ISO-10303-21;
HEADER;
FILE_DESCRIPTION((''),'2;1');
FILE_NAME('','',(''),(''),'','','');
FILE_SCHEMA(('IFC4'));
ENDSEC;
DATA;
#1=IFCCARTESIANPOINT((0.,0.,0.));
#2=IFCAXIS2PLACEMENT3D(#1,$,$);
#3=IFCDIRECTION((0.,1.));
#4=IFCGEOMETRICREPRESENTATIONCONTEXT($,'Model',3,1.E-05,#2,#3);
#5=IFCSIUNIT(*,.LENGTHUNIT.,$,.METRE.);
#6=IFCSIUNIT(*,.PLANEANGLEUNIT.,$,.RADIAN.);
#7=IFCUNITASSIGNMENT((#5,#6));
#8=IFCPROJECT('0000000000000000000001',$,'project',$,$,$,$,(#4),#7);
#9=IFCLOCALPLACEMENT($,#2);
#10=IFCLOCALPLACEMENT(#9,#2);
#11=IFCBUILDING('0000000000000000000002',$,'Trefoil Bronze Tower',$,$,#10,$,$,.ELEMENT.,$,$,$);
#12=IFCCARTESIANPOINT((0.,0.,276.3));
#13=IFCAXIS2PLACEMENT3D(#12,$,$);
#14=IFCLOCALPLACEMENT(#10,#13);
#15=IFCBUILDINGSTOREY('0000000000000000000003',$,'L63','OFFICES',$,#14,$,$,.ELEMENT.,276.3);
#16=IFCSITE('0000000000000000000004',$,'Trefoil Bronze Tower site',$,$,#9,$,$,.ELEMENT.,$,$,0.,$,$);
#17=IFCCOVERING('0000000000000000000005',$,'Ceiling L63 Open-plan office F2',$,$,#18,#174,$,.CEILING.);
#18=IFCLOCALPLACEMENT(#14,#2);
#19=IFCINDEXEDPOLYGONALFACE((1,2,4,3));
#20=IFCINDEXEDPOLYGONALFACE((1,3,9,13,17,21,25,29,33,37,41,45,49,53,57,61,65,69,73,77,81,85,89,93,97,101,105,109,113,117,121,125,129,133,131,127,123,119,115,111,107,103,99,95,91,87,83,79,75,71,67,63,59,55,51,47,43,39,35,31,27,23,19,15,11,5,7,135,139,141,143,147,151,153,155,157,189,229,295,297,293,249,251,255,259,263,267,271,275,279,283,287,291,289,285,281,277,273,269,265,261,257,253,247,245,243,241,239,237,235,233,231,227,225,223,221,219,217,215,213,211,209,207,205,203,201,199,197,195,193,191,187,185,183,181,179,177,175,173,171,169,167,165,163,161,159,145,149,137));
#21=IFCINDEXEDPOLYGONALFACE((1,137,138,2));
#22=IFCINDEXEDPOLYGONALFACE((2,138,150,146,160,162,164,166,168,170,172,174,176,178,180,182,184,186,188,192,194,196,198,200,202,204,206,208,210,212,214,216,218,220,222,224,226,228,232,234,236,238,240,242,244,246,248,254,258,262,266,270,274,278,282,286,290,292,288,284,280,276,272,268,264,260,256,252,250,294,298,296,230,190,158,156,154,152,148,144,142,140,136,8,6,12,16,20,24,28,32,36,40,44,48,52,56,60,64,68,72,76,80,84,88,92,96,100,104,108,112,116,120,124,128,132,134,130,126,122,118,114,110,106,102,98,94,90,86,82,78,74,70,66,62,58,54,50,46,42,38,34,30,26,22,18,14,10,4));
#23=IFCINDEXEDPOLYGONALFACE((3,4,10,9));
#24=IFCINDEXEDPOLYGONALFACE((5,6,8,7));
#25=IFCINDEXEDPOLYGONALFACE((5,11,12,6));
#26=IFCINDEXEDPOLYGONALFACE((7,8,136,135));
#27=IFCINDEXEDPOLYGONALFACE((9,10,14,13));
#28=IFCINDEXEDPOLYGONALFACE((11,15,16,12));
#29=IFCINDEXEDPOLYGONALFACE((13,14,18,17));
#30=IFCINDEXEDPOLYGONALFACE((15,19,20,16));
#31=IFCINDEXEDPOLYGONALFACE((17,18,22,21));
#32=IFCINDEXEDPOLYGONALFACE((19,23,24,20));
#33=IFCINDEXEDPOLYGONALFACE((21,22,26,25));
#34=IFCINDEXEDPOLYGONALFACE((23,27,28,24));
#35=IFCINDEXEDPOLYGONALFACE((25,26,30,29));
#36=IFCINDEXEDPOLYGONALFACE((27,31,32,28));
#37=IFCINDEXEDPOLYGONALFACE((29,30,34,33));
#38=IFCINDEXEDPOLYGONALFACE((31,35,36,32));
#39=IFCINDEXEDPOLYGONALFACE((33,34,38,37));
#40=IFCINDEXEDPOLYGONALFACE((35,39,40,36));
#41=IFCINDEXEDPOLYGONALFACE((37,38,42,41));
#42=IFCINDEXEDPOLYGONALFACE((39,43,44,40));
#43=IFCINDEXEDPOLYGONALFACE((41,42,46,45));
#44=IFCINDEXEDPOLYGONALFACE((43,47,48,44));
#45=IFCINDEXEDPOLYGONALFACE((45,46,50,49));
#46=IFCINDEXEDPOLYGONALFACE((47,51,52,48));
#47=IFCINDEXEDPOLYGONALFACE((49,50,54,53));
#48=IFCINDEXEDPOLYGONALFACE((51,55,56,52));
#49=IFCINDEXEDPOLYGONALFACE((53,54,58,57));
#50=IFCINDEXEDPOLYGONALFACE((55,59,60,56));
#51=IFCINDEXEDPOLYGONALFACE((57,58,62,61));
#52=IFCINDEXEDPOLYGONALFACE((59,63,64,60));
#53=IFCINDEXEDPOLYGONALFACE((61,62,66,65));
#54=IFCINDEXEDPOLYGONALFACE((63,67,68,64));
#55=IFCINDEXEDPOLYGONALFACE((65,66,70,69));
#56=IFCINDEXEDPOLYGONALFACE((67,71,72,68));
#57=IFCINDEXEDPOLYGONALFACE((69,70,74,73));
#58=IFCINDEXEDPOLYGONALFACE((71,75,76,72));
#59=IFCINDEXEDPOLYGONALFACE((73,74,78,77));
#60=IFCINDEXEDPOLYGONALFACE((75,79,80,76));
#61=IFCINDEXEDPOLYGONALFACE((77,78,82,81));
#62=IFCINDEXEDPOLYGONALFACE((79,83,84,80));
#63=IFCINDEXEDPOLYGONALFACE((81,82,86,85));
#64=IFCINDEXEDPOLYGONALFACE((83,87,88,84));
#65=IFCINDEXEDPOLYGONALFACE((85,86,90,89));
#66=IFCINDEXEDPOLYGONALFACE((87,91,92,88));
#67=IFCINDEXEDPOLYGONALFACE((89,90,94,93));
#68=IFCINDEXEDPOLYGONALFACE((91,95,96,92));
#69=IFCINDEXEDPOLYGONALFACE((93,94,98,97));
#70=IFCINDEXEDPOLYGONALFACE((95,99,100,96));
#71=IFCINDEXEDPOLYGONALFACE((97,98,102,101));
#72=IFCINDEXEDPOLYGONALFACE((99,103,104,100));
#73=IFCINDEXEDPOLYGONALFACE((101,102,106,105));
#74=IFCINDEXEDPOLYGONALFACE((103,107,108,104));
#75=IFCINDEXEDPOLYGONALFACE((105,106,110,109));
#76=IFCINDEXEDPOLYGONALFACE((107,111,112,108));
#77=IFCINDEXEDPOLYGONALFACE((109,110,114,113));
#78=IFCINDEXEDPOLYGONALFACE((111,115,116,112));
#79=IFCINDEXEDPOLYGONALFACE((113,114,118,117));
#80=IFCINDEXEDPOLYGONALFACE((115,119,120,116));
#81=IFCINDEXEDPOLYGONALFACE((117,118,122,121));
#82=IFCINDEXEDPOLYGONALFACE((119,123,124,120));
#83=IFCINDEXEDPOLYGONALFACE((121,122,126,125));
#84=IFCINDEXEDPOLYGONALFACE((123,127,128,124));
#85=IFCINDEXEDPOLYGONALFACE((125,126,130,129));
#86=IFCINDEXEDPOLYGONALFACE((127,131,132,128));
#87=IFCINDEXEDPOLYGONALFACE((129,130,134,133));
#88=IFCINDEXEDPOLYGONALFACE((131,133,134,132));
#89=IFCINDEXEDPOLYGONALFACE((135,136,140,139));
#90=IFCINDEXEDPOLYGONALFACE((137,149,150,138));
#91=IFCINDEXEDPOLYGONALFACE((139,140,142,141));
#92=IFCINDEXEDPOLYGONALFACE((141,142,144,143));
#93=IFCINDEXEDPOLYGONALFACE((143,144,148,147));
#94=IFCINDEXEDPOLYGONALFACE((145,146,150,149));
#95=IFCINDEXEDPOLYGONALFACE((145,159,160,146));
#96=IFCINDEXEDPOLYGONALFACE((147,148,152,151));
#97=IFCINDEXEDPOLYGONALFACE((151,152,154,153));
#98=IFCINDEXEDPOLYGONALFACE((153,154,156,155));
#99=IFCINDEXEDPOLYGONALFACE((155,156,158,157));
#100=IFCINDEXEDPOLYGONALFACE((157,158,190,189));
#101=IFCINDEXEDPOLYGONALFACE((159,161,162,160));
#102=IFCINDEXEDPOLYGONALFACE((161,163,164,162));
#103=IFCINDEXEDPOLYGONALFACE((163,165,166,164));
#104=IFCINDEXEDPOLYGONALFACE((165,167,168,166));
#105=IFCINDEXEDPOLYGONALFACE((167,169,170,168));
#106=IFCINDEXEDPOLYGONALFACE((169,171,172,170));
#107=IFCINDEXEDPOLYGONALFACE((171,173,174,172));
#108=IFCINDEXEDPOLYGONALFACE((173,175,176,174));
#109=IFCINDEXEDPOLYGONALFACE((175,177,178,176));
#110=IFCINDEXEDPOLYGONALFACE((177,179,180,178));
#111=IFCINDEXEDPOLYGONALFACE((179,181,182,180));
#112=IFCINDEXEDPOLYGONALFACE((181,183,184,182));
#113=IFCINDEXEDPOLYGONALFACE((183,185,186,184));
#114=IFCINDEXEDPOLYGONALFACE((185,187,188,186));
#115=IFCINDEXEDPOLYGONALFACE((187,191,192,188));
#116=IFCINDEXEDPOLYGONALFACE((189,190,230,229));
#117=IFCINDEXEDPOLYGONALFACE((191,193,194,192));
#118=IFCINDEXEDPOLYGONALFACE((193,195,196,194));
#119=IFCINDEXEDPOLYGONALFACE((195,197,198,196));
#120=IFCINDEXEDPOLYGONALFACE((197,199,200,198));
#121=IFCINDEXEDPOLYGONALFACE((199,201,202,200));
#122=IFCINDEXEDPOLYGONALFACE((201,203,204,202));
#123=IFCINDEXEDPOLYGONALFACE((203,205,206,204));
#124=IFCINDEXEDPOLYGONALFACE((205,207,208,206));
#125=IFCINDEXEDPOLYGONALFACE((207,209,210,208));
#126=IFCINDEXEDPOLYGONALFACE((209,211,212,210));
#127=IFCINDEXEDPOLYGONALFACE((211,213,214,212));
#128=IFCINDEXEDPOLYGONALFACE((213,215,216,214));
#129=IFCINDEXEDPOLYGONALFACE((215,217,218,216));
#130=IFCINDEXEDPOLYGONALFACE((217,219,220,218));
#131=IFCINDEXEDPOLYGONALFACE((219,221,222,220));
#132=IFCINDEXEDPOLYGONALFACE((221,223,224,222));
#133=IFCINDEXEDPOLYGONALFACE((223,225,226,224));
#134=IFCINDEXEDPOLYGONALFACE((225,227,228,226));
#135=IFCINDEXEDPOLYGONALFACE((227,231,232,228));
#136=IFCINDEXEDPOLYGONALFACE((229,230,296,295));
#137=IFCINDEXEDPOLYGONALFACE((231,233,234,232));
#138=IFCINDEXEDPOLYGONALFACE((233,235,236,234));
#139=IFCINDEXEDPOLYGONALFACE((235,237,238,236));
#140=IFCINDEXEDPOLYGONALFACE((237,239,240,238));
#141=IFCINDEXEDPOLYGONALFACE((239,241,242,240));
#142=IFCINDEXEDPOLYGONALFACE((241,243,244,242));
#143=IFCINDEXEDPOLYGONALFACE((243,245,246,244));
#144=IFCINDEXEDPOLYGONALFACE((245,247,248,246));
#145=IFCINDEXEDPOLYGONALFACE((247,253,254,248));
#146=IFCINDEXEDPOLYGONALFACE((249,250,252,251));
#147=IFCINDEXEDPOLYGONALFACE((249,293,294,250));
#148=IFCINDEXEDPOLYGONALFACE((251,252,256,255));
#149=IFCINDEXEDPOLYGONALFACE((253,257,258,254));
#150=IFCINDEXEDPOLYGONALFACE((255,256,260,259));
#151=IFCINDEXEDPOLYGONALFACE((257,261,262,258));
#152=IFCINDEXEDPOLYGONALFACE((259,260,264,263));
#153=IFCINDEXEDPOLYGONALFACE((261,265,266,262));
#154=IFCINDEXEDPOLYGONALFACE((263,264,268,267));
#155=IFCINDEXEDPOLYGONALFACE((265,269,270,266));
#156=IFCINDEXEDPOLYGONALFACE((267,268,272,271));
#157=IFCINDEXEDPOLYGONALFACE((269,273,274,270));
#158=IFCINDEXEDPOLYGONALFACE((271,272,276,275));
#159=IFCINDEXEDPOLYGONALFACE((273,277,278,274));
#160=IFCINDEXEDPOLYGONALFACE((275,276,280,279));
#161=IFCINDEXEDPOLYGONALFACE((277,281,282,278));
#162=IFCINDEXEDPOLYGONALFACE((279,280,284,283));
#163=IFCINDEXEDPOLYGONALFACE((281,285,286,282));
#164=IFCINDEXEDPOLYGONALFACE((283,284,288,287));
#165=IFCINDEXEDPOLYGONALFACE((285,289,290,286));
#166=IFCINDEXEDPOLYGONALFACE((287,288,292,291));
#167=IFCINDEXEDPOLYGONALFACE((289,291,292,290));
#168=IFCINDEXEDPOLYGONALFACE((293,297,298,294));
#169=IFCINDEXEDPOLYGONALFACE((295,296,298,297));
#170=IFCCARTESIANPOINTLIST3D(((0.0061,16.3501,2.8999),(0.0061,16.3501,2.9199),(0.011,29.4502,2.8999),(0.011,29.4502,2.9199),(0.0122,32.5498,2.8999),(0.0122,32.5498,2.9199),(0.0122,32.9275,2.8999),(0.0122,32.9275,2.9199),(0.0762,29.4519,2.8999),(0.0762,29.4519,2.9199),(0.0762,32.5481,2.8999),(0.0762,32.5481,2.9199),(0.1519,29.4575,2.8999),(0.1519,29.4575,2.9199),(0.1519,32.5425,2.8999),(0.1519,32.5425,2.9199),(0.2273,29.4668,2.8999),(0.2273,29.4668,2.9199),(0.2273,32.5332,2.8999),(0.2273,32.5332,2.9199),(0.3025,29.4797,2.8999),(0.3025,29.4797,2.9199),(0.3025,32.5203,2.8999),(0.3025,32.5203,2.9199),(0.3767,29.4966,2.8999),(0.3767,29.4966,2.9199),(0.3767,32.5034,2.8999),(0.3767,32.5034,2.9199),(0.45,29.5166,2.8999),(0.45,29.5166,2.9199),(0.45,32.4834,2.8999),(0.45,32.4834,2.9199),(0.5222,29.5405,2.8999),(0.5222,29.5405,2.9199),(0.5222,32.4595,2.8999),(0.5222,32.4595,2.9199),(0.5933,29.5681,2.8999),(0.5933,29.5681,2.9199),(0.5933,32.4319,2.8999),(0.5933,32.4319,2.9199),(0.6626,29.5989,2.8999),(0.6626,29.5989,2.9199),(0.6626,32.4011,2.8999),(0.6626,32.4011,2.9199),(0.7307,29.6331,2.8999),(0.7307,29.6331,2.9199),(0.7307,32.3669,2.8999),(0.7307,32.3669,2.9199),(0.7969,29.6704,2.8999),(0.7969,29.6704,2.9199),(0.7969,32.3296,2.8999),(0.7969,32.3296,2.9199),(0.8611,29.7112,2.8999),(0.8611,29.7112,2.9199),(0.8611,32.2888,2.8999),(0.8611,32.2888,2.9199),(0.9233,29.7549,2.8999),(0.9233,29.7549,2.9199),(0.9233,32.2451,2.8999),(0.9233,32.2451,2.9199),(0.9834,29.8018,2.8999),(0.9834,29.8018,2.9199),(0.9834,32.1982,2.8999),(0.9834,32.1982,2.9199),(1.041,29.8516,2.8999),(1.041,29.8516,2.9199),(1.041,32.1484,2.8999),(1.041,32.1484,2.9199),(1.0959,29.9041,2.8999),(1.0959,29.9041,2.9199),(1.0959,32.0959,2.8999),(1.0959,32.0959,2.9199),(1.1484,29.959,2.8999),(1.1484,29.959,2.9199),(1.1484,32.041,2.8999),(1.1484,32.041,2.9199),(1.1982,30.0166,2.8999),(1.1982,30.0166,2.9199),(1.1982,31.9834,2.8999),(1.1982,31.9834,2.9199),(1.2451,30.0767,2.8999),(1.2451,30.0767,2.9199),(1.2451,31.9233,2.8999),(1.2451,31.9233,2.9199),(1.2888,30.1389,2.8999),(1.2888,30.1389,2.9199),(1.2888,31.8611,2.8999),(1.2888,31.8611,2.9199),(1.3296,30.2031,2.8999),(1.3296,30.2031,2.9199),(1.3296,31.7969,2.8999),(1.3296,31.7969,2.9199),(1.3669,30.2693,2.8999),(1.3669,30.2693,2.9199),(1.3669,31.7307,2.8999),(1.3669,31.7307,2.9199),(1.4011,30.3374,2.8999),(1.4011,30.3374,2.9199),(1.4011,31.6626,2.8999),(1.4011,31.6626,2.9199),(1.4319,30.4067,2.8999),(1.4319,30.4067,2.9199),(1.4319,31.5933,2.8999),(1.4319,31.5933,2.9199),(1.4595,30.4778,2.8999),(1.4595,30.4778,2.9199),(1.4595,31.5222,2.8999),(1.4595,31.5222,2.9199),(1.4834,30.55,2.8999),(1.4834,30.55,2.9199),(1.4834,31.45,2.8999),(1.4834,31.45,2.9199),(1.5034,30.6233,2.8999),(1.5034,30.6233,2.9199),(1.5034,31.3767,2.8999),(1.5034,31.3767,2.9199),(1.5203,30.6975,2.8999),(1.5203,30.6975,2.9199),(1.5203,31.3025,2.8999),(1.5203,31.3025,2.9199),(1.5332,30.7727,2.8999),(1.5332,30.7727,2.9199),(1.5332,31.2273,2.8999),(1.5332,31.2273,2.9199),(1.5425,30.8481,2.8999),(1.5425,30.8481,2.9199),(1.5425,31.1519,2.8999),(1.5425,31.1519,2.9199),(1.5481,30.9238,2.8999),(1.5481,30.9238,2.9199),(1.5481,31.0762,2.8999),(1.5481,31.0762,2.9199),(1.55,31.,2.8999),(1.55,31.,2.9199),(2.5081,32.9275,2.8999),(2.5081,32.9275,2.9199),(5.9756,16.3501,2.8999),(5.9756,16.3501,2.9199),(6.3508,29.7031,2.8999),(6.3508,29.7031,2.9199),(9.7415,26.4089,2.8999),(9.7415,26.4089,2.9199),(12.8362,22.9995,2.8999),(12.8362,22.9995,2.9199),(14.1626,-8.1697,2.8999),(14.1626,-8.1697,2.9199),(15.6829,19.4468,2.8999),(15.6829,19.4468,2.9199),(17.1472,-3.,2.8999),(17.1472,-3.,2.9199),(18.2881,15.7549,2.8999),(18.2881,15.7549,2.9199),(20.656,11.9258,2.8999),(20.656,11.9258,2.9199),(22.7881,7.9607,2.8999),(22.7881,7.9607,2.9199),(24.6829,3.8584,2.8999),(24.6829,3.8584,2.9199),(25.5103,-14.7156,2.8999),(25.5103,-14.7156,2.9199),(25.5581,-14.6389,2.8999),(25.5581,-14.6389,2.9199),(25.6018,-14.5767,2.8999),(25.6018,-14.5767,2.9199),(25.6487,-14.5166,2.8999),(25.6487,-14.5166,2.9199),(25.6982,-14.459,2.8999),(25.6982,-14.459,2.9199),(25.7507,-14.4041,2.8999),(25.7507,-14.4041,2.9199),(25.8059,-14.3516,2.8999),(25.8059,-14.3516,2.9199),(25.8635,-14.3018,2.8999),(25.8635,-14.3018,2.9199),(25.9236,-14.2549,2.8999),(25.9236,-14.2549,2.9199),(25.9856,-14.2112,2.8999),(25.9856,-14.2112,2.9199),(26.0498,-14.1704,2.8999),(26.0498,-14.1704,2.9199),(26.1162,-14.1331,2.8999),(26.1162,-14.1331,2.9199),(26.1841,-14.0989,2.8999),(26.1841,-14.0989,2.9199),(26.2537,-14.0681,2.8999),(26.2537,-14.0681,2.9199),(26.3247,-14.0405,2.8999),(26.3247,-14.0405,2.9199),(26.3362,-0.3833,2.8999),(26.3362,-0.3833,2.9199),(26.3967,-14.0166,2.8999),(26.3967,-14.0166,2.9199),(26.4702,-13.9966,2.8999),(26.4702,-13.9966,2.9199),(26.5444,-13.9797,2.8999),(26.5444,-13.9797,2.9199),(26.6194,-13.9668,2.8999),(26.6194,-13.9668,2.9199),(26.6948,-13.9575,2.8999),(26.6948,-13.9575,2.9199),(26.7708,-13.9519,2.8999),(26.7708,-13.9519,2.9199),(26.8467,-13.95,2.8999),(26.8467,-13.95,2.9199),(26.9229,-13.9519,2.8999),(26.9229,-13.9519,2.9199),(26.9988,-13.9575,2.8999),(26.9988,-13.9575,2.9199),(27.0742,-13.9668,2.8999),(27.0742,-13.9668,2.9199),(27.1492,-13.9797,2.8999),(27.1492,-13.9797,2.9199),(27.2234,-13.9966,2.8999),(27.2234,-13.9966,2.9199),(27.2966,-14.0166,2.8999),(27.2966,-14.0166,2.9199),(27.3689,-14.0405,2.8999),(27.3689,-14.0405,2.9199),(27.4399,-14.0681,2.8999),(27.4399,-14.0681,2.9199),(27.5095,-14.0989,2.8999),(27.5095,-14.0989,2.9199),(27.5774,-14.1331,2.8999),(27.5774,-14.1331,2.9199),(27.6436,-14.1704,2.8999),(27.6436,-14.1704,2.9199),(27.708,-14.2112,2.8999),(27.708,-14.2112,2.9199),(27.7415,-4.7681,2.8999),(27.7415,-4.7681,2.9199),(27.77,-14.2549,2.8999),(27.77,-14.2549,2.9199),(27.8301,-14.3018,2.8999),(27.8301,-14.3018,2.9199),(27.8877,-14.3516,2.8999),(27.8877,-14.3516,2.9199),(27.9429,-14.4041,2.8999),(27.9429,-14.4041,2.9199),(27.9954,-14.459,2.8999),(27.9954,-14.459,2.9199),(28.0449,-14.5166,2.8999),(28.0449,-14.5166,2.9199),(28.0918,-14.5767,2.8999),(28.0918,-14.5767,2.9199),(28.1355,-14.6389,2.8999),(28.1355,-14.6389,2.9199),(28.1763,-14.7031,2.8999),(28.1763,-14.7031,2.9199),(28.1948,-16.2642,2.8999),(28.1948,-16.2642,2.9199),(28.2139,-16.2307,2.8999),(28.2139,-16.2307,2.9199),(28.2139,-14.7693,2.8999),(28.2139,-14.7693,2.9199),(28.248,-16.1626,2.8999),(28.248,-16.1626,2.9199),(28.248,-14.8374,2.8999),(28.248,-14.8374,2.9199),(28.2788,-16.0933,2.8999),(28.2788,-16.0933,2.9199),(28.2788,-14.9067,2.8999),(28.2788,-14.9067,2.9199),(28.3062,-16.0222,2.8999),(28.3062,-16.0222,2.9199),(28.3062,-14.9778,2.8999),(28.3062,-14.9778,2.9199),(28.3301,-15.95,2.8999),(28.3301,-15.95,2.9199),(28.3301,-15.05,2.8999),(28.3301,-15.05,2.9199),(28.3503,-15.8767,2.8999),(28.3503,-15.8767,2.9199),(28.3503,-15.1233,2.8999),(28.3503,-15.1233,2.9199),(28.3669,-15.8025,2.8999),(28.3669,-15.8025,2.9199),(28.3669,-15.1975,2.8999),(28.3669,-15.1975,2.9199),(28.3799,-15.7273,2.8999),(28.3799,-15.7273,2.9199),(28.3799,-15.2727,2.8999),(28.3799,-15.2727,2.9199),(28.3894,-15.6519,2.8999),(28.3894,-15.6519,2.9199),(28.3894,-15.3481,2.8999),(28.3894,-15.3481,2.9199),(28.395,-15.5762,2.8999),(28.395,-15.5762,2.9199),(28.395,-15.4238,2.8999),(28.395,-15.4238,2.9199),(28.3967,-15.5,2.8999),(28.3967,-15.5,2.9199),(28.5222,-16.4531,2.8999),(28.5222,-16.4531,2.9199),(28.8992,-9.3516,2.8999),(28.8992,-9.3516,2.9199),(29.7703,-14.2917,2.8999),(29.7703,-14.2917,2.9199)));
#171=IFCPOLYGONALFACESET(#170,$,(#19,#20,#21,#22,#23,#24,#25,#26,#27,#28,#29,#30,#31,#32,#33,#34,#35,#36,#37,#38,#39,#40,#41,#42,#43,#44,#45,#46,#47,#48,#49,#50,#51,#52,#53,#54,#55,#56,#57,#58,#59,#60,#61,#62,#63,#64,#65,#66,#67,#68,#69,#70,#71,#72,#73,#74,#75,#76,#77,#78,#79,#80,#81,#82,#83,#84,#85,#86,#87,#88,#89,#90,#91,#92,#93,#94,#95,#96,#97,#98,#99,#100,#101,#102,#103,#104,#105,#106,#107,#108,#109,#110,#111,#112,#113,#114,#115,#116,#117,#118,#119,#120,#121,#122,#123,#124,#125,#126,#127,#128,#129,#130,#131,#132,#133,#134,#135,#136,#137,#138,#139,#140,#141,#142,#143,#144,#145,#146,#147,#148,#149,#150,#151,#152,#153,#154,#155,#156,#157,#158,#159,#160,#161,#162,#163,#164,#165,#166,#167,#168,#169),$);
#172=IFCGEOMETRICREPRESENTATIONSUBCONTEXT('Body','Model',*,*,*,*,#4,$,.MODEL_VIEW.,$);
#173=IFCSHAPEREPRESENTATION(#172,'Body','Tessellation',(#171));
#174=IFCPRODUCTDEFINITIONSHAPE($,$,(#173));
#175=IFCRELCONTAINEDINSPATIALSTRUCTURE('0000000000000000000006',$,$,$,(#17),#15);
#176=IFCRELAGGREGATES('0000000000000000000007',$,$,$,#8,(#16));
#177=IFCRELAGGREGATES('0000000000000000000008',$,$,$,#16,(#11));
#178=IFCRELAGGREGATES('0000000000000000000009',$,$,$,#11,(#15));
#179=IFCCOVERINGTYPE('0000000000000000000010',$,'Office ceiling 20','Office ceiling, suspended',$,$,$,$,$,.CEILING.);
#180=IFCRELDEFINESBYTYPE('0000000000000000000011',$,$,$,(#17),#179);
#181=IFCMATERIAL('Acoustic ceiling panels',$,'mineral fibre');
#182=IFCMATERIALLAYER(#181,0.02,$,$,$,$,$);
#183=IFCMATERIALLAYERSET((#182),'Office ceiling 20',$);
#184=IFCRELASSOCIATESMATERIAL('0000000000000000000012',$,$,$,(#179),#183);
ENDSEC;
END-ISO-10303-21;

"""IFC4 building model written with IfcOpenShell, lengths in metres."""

from ifc_helpers import new_model, si_unit, direction, frame, origin, place, context, subcontext, project, spatial, polyline, outline, extrude, material, layer, layer_set, type_object, element, save


model = new_model("IFC4")

# Units and contexts
model_context = context("Model", 3, precision=1e-05, world=origin(), true_north=direction((0.0, 1.0)))
body_context = subcontext(model_context, "Body", "Model", "MODEL_VIEW")
ifc_project = project(units=[si_unit("LENGTHUNIT", "METRE"), si_unit("PLANEANGLEUNIT", "RADIAN")], contexts=[model_context])

# Site, building, storey
site_placement = place(None, origin())
site = spatial("IfcSite", under=ifc_project, at=site_placement, Name="Trefoil Bronze Tower site", CompositionType="ELEMENT", RefElevation=0.0)
building_placement = place(site_placement, origin())
building = spatial("IfcBuilding", under=site, at=building_placement, Name="Trefoil Bronze Tower", CompositionType="ELEMENT")
storey_placement = place(building_placement, frame((0.0, 0.0, 276.3)))
storey = spatial("IfcBuildingStorey", under=building, at=storey_placement, Name="L63", Description="OFFICES", CompositionType="ELEMENT", Elevation=276.3)

# Covering
ifc_material_1 = material(Name="Acoustic ceiling panels", Category="mineral fibre")
ifc_layer_1 = layer(ifc_material_1, 0.02)
ifc_layer_set_1 = layer_set([ifc_layer_1], Name="Office ceiling 20")
covering_type_1 = type_object("IfcCoveringType", Name="Office ceiling 20", Description="Office ceiling, suspended", PredefinedType="CEILING", material=ifc_layer_set_1)
covering_1_placement = place(storey_placement, frame((0.0, 0.0, 2.8999)))
element("IfcCovering", 1, at=covering_1_placement, inside=storey, type_object=covering_type_1, Name="Ceiling L63 Open-plan office F2", PredefinedType="CEILING", context=body_context, shape_type="SweptSolid", body=[
    extrude(outline(polyline([(9.7415, 26.4089), (12.8362, 22.9995), (15.6829, 19.4468), (18.2881, 15.7549), (20.656, 11.9258), (22.7881, 7.9607), (24.6829, 3.8584), (26.3362, -0.3833), (27.7415, -4.7681), (28.8992, -9.3516), (29.7703, -14.2917), (28.5222, -16.4531), (28.1948, -16.2642), (28.2139, -16.2307), (28.248, -16.1626), (28.2788, -16.0933), (28.3062, -16.0222), (28.3301, -15.95), (28.3503, -15.8767), (28.3669, -15.8025), (28.3799, -15.7273), (28.3894, -15.6519), (28.395, -15.5762), (28.3967, -15.5), (28.395, -15.4238), (28.3894, -15.3481), (28.3799, -15.2727), (28.3669, -15.1975), (28.3503, -15.1233), (28.3301, -15.05), (28.3062, -14.9778), (28.2788, -14.9067), (28.248, -14.8374), (28.2139, -14.7693), (28.1763, -14.7031), (28.1355, -14.6389), (28.0918, -14.5767), (28.0449, -14.5166), (27.9954, -14.459), (27.9429, -14.4041), (27.8877, -14.3516), (27.8301, -14.3018), (27.77, -14.2549), (27.708, -14.2112), (27.6436, -14.1704), (27.5774, -14.1331), (27.5095, -14.0989), (27.4399, -14.0681), (27.3689, -14.0405), (27.2966, -14.0166), (27.2234, -13.9966), (27.1492, -13.9797), (27.0742, -13.9668), (26.9988, -13.9575), (26.9229, -13.9519), (26.8467, -13.95), (26.7708, -13.9519), (26.6948, -13.9575), (26.6194, -13.9668), (26.5444, -13.9797), (26.4702, -13.9966), (26.3967, -14.0166), (26.3247, -14.0405), (26.2537, -14.0681), (26.1841, -14.0989), (26.1162, -14.1331), (26.0498, -14.1704), (25.9856, -14.2112), (25.9236, -14.2549), (25.8635, -14.3018), (25.8059, -14.3516), (25.7507, -14.4041), (25.6982, -14.459), (25.6487, -14.5166), (25.6018, -14.5767), (25.5581, -14.6389), (25.5103, -14.7156), (14.1626, -8.1697), (17.1472, -3.0), (5.9756, 16.3501), (0.0061, 16.3501), (0.011, 29.4502), (0.0762, 29.4519), (0.1519, 29.4575), (0.2273, 29.4668), (0.3025, 29.4797), (0.3767, 29.4966), (0.45, 29.5166), (0.5222, 29.5405), (0.5933, 29.5681), (0.6626, 29.5989), (0.7307, 29.6331), (0.7969, 29.6704), (0.8611, 29.7112), (0.9233, 29.7549), (0.9834, 29.8018), (1.041, 29.8516), (1.0959, 29.9041), (1.1484, 29.959), (1.1982, 30.0166), (1.2451, 30.0767), (1.2888, 30.1389), (1.3296, 30.2031), (1.3669, 30.2693), (1.4011, 30.3374), (1.4319, 30.4067), (1.4595, 30.4778), (1.4834, 30.55), (1.5034, 30.6233), (1.5203, 30.6975), (1.5332, 30.7727), (1.5425, 30.8481), (1.5481, 30.9238), (1.55, 31.0), (1.5481, 31.0762), (1.5425, 31.1519), (1.5332, 31.2273), (1.5203, 31.3025), (1.5034, 31.3767), (1.4834, 31.45), (1.4595, 31.5222), (1.4319, 31.5933), (1.4011, 31.6626), (1.3669, 31.7307), (1.3296, 31.7969), (1.2888, 31.8611), (1.2451, 31.9233), (1.1982, 31.9834), (1.1484, 32.041), (1.0959, 32.0959), (1.041, 32.1484), (0.9834, 32.1982), (0.9233, 32.2451), (0.8611, 32.2888), (0.7969, 32.3296), (0.7307, 32.3669), (0.6626, 32.4011), (0.5933, 32.4319), (0.5222, 32.4595), (0.45, 32.4834), (0.3767, 32.5034), (0.3025, 32.5203), (0.2273, 32.5332), (0.1519, 32.5425), (0.0762, 32.5481), (0.0122, 32.5498), (0.0122, 32.9275), (2.5081, 32.9275), (6.3508, 29.7031), (9.7415, 26.4089)])), origin(), (0.0, 0.0, 1.0), 0.02),
])

save(model, "model.ifc")
